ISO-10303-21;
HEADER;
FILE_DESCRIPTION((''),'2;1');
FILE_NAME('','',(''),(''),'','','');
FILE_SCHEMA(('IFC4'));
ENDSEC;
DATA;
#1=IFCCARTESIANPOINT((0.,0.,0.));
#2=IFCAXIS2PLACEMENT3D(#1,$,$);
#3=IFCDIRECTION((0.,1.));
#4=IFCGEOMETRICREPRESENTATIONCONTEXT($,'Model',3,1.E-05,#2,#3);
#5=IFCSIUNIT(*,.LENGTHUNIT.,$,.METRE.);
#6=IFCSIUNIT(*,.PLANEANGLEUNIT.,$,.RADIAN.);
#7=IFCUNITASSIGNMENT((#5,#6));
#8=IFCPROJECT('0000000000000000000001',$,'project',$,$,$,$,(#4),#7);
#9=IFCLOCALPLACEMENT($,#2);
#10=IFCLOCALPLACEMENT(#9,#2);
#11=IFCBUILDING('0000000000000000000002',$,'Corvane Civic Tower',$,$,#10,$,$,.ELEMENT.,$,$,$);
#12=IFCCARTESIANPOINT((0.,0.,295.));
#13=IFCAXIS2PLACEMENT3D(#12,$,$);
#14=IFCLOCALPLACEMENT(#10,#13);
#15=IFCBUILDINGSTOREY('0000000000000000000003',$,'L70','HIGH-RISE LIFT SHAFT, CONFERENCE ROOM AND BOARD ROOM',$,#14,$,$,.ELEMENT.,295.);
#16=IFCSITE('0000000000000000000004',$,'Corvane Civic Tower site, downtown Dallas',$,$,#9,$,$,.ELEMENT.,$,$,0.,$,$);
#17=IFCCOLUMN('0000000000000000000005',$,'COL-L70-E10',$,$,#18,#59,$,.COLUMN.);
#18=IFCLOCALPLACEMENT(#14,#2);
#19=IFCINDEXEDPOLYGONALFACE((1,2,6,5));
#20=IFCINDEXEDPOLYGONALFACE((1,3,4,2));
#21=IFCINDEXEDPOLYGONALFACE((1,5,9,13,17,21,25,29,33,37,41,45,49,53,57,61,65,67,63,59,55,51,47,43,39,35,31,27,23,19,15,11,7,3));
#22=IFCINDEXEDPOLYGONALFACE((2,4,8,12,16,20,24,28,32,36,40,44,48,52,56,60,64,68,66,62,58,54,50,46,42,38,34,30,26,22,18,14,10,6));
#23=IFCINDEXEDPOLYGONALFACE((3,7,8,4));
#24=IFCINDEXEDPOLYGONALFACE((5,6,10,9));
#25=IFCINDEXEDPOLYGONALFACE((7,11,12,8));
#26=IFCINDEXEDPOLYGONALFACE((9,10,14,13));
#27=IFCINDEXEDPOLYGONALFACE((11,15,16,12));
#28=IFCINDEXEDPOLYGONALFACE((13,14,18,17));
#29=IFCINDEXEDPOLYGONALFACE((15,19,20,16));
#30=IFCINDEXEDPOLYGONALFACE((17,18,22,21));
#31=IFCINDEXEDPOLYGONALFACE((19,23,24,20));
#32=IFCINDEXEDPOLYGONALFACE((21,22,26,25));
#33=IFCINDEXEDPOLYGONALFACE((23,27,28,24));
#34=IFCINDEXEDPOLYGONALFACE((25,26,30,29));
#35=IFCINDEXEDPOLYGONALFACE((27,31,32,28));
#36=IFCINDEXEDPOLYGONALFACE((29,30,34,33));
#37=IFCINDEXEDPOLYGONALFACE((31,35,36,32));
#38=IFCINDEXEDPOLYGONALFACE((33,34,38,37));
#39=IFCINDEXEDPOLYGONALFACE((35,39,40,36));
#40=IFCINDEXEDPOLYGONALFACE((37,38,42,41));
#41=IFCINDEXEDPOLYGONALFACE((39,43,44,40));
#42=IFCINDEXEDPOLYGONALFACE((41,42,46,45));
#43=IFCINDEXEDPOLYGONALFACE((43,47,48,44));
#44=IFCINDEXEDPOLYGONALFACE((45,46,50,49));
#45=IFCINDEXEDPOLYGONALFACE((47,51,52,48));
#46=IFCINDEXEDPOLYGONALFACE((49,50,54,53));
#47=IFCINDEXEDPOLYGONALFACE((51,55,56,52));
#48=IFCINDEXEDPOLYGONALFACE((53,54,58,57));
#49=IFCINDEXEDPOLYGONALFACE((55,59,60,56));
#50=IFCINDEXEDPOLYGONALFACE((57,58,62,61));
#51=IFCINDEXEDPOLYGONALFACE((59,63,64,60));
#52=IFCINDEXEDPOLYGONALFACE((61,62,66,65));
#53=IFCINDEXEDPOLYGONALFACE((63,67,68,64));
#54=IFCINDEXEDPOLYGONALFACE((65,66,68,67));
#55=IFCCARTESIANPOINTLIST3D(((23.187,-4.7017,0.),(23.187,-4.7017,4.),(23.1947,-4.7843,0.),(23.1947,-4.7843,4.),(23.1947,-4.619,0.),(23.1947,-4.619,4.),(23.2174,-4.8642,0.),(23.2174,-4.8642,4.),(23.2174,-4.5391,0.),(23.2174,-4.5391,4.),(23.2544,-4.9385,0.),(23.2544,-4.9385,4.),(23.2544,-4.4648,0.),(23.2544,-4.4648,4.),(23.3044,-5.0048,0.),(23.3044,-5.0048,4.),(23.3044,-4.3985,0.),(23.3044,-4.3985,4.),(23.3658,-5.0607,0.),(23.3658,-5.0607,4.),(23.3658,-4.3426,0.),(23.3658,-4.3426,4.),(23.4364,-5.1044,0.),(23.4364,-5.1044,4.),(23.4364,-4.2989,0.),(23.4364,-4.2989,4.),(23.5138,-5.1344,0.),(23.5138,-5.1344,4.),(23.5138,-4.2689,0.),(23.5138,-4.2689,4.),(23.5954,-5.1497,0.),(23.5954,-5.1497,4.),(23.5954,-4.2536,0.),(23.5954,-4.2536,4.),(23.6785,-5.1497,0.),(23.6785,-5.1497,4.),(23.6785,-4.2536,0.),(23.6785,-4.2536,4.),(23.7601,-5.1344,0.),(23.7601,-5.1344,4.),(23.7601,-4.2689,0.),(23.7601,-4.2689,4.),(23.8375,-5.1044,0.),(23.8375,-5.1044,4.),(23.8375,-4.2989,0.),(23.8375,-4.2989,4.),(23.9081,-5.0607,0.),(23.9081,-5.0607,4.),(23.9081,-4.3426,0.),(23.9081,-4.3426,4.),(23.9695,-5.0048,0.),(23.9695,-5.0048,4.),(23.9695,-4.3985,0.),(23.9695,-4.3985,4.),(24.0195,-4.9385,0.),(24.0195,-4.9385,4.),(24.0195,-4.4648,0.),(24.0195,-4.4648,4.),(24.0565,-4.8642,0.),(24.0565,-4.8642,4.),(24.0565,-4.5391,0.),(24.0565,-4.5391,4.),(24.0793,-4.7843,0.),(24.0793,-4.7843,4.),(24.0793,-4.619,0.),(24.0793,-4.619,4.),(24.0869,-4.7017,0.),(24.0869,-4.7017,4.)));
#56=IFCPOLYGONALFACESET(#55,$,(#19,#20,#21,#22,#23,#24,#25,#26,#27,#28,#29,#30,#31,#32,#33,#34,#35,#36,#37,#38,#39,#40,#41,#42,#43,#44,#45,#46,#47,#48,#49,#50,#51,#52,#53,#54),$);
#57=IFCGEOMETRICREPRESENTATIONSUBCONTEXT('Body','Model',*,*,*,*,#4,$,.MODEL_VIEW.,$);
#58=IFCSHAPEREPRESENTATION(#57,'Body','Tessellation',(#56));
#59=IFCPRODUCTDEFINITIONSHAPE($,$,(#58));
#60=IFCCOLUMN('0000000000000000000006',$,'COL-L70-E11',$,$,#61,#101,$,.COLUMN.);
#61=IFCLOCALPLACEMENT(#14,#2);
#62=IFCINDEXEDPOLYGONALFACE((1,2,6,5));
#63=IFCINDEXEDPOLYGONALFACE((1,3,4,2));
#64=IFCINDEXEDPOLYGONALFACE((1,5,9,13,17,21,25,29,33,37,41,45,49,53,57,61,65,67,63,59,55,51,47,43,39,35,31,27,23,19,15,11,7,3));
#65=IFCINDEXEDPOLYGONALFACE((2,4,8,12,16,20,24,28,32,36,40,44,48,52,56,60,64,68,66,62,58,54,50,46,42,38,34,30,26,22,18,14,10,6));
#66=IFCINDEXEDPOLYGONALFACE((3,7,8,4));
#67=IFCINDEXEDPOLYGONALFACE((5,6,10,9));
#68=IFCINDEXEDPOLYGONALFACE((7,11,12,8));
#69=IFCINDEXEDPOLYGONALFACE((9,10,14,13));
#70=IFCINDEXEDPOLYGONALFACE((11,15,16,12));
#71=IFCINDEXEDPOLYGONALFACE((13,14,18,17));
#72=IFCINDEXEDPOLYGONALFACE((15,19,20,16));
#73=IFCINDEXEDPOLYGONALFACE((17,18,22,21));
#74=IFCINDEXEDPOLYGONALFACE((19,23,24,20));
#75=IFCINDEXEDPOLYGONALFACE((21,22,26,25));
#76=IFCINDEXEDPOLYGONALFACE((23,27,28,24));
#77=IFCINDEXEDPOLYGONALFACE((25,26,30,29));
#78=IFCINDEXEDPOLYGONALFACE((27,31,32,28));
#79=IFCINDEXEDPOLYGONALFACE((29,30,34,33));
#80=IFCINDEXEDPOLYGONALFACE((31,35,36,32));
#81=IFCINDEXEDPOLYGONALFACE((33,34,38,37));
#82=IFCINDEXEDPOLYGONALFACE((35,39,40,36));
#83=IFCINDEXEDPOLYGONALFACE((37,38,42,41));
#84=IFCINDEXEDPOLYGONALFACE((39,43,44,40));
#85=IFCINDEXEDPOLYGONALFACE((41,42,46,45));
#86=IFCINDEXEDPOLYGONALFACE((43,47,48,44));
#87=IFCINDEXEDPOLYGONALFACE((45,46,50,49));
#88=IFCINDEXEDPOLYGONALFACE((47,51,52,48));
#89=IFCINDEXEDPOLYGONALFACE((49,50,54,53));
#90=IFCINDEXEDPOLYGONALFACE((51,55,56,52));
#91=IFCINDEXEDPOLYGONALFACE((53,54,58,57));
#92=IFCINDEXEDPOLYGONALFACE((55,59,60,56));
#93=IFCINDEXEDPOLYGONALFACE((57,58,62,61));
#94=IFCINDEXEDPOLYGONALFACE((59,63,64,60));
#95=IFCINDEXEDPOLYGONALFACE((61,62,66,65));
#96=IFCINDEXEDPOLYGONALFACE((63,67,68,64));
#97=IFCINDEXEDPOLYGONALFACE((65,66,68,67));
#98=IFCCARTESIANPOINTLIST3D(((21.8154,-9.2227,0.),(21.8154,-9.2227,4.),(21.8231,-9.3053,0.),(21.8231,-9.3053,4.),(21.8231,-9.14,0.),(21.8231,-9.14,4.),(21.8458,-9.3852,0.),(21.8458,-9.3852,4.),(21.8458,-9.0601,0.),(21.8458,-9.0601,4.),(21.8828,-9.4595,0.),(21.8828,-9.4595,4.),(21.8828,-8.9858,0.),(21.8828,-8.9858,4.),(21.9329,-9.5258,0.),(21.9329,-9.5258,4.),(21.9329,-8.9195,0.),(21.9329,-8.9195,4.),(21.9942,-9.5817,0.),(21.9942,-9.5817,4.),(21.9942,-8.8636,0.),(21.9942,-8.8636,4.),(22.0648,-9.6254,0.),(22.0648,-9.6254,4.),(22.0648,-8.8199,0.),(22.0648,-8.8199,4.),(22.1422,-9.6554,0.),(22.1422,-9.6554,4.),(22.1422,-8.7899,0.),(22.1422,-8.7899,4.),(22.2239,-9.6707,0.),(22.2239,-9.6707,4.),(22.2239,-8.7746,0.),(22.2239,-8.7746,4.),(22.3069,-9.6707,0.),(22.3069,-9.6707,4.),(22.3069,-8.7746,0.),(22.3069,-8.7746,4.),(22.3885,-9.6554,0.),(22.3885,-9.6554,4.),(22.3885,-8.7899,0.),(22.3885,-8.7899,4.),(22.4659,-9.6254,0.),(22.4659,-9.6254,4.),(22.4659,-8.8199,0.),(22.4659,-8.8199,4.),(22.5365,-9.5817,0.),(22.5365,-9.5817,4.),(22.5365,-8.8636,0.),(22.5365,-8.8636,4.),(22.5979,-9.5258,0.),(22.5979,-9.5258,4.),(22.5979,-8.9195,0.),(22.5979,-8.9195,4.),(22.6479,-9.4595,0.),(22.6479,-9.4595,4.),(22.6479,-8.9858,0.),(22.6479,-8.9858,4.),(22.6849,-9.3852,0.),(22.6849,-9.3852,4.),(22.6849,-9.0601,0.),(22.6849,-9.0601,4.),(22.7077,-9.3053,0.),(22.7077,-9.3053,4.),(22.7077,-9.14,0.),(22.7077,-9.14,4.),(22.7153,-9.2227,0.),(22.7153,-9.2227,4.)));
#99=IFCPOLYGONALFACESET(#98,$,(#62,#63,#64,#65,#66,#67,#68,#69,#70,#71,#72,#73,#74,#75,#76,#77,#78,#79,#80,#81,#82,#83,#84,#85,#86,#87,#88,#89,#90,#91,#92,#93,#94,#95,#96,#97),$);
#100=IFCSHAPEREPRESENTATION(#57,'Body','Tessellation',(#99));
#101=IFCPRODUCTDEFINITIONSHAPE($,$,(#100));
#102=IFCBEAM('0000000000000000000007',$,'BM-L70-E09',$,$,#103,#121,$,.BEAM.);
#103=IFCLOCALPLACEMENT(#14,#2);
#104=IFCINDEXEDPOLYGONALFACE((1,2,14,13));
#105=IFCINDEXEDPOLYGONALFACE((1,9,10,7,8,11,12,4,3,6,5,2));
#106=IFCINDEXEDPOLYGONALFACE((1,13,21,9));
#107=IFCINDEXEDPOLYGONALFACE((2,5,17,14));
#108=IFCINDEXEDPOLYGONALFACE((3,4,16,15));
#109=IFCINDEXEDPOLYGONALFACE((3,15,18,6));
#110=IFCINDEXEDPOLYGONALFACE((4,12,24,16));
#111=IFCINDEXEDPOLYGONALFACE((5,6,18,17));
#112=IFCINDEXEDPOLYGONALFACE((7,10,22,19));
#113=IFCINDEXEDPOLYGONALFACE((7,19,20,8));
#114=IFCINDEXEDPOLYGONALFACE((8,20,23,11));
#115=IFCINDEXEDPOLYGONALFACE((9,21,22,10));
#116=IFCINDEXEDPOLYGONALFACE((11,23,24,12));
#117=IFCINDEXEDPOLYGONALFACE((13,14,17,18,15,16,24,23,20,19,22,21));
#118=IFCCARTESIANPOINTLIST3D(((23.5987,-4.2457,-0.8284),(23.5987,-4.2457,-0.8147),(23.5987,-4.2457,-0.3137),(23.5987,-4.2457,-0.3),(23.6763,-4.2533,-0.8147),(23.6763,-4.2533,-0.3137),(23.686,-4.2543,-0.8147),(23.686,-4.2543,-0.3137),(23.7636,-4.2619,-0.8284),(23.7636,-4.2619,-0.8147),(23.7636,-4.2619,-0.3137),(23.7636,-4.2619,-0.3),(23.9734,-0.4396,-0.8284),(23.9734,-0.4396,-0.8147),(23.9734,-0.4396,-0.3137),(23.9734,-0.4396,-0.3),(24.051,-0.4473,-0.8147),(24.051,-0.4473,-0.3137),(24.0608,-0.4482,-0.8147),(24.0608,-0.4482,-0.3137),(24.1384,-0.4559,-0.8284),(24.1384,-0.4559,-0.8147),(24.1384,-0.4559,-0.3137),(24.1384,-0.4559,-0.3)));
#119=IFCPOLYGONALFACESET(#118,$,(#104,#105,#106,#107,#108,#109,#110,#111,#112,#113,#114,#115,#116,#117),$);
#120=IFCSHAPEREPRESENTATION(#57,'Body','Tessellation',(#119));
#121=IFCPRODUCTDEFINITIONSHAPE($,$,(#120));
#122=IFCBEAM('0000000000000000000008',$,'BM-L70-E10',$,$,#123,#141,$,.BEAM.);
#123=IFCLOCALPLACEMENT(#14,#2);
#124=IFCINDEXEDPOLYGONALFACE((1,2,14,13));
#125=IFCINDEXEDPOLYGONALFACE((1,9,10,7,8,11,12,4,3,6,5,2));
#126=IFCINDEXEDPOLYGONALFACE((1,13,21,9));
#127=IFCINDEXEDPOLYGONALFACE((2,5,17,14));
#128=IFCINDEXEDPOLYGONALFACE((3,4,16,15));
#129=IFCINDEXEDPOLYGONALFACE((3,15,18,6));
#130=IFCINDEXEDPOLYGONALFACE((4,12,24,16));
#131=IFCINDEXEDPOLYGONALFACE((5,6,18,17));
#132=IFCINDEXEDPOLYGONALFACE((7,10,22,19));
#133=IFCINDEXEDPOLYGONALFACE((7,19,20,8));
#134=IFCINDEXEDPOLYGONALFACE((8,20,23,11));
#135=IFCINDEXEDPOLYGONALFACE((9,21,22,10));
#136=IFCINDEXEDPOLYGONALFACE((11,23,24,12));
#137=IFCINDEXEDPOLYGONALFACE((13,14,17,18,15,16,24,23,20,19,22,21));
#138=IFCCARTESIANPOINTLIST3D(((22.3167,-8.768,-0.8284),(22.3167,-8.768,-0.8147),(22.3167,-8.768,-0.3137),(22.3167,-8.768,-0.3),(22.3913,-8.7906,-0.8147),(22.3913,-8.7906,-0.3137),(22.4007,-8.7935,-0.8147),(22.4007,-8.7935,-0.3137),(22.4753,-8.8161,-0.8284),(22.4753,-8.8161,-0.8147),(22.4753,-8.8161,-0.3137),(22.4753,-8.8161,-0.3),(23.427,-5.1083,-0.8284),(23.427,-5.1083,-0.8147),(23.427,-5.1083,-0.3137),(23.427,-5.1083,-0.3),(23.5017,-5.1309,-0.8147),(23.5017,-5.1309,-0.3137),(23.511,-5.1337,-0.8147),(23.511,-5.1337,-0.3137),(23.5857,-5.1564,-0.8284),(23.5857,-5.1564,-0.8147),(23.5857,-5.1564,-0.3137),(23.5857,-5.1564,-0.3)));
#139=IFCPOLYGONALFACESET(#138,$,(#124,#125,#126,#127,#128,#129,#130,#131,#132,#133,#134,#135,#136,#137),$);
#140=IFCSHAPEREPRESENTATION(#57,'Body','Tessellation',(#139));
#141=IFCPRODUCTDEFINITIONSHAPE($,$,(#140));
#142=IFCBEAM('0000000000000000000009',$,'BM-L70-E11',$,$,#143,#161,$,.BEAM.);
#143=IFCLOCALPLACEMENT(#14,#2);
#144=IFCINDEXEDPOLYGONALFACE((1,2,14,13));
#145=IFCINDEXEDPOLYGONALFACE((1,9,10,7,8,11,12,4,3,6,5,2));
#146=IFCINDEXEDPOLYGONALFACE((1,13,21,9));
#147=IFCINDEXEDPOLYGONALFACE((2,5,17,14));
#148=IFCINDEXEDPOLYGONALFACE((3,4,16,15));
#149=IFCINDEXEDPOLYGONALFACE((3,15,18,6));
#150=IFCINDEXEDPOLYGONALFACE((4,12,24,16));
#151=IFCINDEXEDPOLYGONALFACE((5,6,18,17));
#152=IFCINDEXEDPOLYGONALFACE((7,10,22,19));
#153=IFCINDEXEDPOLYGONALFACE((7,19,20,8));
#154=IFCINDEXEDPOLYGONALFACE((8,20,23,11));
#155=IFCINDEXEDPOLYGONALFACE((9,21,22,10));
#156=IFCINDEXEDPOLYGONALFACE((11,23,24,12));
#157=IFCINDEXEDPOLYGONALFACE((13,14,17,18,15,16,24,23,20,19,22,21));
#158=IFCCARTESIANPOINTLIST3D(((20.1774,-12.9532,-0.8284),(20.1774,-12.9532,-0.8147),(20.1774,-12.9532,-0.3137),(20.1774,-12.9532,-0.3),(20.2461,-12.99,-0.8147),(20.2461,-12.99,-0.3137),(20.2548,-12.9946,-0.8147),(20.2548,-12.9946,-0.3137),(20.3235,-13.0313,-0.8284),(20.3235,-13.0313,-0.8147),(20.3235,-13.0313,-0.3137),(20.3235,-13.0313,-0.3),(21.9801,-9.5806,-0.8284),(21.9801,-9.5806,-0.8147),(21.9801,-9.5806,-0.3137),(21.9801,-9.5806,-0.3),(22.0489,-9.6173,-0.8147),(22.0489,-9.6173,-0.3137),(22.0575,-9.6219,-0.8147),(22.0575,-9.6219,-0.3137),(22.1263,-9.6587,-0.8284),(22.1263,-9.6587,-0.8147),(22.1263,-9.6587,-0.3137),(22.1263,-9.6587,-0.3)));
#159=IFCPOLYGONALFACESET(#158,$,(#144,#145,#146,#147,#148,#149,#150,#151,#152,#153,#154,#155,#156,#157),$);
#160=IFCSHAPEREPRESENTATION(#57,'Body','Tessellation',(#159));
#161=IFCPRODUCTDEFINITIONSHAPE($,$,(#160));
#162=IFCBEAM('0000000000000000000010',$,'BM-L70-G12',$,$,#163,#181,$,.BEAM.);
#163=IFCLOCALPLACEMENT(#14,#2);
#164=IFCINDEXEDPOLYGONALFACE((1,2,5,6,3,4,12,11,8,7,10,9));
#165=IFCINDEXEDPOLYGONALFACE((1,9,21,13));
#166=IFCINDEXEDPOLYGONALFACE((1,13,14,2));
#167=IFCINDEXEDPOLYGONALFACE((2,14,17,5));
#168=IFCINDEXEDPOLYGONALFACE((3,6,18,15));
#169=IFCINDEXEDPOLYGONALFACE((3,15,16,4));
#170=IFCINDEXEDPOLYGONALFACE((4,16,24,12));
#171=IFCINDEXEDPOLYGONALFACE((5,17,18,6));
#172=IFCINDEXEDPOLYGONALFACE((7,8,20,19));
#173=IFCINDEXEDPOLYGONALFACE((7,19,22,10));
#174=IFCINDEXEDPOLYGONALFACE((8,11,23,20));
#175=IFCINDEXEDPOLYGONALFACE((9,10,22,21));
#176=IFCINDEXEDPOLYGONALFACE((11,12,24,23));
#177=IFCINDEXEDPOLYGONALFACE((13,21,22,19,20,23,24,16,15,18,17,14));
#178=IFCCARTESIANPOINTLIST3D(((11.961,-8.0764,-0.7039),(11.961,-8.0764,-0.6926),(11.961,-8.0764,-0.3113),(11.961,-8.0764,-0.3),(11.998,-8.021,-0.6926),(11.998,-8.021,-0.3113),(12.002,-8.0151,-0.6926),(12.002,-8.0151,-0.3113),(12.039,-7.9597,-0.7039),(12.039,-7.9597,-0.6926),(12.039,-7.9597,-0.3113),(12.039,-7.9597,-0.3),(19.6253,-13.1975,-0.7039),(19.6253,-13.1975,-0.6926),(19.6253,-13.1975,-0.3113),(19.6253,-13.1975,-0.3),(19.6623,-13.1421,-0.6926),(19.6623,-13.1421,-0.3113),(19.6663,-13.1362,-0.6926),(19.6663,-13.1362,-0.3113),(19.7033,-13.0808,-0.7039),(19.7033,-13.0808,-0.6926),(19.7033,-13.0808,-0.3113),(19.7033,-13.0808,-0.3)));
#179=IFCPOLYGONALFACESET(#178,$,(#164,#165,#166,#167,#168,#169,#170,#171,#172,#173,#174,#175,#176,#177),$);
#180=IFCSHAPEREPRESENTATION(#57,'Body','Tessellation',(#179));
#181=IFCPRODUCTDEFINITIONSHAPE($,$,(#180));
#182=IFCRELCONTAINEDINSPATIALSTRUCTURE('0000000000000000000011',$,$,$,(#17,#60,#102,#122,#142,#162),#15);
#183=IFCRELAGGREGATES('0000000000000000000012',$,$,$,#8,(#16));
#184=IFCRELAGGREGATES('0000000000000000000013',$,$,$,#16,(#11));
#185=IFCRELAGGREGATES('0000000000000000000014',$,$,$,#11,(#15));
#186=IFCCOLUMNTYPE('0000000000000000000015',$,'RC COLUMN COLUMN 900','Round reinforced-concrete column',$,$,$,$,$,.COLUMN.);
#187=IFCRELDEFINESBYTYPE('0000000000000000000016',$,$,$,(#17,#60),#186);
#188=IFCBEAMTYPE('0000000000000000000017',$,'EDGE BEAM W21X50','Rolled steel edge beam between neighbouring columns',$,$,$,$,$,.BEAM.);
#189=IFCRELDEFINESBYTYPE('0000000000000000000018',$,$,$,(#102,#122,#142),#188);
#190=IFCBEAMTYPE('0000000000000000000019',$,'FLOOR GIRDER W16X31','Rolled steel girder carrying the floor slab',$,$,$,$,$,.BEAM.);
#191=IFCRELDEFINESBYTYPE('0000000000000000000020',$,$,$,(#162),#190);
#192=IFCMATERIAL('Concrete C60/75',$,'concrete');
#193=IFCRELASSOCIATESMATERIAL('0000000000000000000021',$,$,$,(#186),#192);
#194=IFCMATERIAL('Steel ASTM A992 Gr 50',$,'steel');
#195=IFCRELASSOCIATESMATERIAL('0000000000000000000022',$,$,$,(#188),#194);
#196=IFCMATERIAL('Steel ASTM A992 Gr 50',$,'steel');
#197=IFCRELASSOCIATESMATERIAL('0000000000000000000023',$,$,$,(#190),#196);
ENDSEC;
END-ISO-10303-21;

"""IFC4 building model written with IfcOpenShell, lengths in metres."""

from ifc_helpers import new_model, si_unit, direction, frame, origin, origin_2d, place, context, subcontext, project, spatial, circle, i_section, extrude, material, material_profile, profile_set, type_object, element, save


model = new_model("IFC4")

# Units and contexts
model_context = context("Model", 3, precision=1e-05, world=origin(), true_north=direction((0.0, 1.0)))
body_context = subcontext(model_context, "Body", "Model", "MODEL_VIEW")
ifc_project = project(units=[si_unit("LENGTHUNIT", "METRE"), si_unit("PLANEANGLEUNIT", "RADIAN")], contexts=[model_context])

# Site, building, storey
site_placement = place(None, origin())
site = spatial("IfcSite", under=ifc_project, at=site_placement, Name="Corvane Civic Tower site, downtown Dallas", CompositionType="ELEMENT", RefElevation=0.0)
building_placement = place(site_placement, origin())
building = spatial("IfcBuilding", under=site, at=building_placement, Name="Corvane Civic Tower", CompositionType="ELEMENT")
storey_placement = place(building_placement, frame((0.0, 0.0, 295.0)))
storey = spatial("IfcBuildingStorey", under=building, at=storey_placement, Name="L70", Description="HIGH-RISE LIFT SHAFT, CONFERENCE ROOM AND BOARD ROOM", CompositionType="ELEMENT", Elevation=295.0)

# Columns
ifc_material_1 = material(Name="Concrete C60/75", Category="concrete")
ifc_material_profile_1 = material_profile(ifc_material_1, circle(Radius=0.45, at=origin_2d()), Name="COLUMN 900")
ifc_profile_set_1 = profile_set([ifc_material_profile_1], Name="Concrete C60/75")
column_type = type_object("IfcColumnType", Name="RC COLUMN COLUMN 900", Description="Round reinforced-concrete column", PredefinedType="COLUMN", material=ifc_profile_set_1)
for number, where, z_axis, x_axis, name in (
    (1, (23.637, -4.7017, 0.0), (0.0, 0.0, 1.0), (1.0, 0.0, 0.0), "COL-L70-E10"),
    (2, (22.2654, -9.2227, 0.0), (0.0, 0.0, 1.0), (1.0, 0.0, 0.0), "COL-L70-E11"),
):
    element("IfcColumn", number, at=place(storey_placement, frame(where, z_axis=z_axis, x_axis=x_axis)), inside=storey, type_object=column_type, Name=name, PredefinedType="COLUMN", context=body_context, shape_type="SweptSolid", body=[
        extrude(circle(Radius=0.45, at=origin_2d()), origin(), (0.0, 0.0, 1.0), 4.0),
    ])

# Beams
ifc_material_2 = material(Name="Steel ASTM A992 Gr 50", Category="steel")
ifc_material_profile_2 = material_profile(ifc_material_2, i_section(OverallWidth=0.1658, OverallDepth=0.5283, WebThickness=0.0098, FlangeThickness=0.0137, at=origin_2d()), Name="W21X50")
ifc_profile_set_2 = profile_set([ifc_material_profile_2], Name="Steel ASTM A992 Gr 50")
beam_type_1 = type_object("IfcBeamType", Name="EDGE BEAM W21X50", Description="Rolled steel edge beam between neighbouring columns", PredefinedType="BEAM", material=ifc_profile_set_2)
for number, where, z_axis, x_axis, name in (
    (3, (24.0559, -0.4478, -0.5642), (-0.097987, -0.995188, 0.0), (0.995188, -0.097987, 0.0), "BM-L70-E09"),
    (4, (23.5063, -5.1323, -0.5642), (-0.290333, -0.956926, 0.0), (0.956926, -0.290333, 0.0), "BM-L70-E10"),
):
    element("IfcBeam", number, at=place(storey_placement, frame(where, z_axis=z_axis, x_axis=x_axis)), inside=storey, type_object=beam_type_1, Name=name, PredefinedType="BEAM", context=body_context, shape_type="SweptSolid", body=[
        extrude(i_section(OverallWidth=0.1658, OverallDepth=0.5283, WebThickness=0.0098, FlangeThickness=0.0137, at=origin_2d()), origin(), (0.0, 0.0, 1.0), 3.8245),
    ])
beam_1_placement = place(storey_placement, frame((22.0532, -9.6196, -0.5642), z_axis=(-0.47141, -0.881914, 0.0), x_axis=(0.881914, -0.47141, 0.0)))
element("IfcBeam", 5, at=beam_1_placement, inside=storey, type_object=beam_type_1, Name="BM-L70-E11", PredefinedType="BEAM", context=body_context, shape_type="SweptSolid", body=[
    extrude(i_section(OverallWidth=0.1658, OverallDepth=0.5283, WebThickness=0.0098, FlangeThickness=0.0137, at=origin_2d()), origin(), (0.0, 0.0, 1.0), 3.8242),
])
ifc_material_3 = material(Name="Steel ASTM A992 Gr 50", Category="steel")
ifc_material_profile_3 = material_profile(ifc_material_3, i_section(OverallWidth=0.1404, OverallDepth=0.4038, WebThickness=0.0071, FlangeThickness=0.0112, at=origin_2d()), Name="W16X31")
ifc_profile_set_3 = profile_set([ifc_material_profile_3], Name="Steel ASTM A992 Gr 50")
beam_type_2 = type_object("IfcBeamType", Name="FLOOR GIRDER W16X31", Description="Rolled steel girder carrying the floor slab", PredefinedType="BEAM", material=ifc_profile_set_3)
beam_2_placement = place(storey_placement, frame((12.0, -8.0181, -0.502), z_axis=(0.831471, -0.555568, 0.0), x_axis=(0.555568, 0.831471, 0.0)))
element("IfcBeam", 6, at=beam_2_placement, inside=storey, type_object=beam_type_2, Name="BM-L70-G12", PredefinedType="BEAM", context=body_context, shape_type="SweptSolid", body=[
    extrude(i_section(OverallWidth=0.1404, OverallDepth=0.4038, WebThickness=0.0071, FlangeThickness=0.0112, at=origin_2d()), origin(), (0.0, 0.0, 1.0), 9.2178),
])

save(model, "model.ifc")
